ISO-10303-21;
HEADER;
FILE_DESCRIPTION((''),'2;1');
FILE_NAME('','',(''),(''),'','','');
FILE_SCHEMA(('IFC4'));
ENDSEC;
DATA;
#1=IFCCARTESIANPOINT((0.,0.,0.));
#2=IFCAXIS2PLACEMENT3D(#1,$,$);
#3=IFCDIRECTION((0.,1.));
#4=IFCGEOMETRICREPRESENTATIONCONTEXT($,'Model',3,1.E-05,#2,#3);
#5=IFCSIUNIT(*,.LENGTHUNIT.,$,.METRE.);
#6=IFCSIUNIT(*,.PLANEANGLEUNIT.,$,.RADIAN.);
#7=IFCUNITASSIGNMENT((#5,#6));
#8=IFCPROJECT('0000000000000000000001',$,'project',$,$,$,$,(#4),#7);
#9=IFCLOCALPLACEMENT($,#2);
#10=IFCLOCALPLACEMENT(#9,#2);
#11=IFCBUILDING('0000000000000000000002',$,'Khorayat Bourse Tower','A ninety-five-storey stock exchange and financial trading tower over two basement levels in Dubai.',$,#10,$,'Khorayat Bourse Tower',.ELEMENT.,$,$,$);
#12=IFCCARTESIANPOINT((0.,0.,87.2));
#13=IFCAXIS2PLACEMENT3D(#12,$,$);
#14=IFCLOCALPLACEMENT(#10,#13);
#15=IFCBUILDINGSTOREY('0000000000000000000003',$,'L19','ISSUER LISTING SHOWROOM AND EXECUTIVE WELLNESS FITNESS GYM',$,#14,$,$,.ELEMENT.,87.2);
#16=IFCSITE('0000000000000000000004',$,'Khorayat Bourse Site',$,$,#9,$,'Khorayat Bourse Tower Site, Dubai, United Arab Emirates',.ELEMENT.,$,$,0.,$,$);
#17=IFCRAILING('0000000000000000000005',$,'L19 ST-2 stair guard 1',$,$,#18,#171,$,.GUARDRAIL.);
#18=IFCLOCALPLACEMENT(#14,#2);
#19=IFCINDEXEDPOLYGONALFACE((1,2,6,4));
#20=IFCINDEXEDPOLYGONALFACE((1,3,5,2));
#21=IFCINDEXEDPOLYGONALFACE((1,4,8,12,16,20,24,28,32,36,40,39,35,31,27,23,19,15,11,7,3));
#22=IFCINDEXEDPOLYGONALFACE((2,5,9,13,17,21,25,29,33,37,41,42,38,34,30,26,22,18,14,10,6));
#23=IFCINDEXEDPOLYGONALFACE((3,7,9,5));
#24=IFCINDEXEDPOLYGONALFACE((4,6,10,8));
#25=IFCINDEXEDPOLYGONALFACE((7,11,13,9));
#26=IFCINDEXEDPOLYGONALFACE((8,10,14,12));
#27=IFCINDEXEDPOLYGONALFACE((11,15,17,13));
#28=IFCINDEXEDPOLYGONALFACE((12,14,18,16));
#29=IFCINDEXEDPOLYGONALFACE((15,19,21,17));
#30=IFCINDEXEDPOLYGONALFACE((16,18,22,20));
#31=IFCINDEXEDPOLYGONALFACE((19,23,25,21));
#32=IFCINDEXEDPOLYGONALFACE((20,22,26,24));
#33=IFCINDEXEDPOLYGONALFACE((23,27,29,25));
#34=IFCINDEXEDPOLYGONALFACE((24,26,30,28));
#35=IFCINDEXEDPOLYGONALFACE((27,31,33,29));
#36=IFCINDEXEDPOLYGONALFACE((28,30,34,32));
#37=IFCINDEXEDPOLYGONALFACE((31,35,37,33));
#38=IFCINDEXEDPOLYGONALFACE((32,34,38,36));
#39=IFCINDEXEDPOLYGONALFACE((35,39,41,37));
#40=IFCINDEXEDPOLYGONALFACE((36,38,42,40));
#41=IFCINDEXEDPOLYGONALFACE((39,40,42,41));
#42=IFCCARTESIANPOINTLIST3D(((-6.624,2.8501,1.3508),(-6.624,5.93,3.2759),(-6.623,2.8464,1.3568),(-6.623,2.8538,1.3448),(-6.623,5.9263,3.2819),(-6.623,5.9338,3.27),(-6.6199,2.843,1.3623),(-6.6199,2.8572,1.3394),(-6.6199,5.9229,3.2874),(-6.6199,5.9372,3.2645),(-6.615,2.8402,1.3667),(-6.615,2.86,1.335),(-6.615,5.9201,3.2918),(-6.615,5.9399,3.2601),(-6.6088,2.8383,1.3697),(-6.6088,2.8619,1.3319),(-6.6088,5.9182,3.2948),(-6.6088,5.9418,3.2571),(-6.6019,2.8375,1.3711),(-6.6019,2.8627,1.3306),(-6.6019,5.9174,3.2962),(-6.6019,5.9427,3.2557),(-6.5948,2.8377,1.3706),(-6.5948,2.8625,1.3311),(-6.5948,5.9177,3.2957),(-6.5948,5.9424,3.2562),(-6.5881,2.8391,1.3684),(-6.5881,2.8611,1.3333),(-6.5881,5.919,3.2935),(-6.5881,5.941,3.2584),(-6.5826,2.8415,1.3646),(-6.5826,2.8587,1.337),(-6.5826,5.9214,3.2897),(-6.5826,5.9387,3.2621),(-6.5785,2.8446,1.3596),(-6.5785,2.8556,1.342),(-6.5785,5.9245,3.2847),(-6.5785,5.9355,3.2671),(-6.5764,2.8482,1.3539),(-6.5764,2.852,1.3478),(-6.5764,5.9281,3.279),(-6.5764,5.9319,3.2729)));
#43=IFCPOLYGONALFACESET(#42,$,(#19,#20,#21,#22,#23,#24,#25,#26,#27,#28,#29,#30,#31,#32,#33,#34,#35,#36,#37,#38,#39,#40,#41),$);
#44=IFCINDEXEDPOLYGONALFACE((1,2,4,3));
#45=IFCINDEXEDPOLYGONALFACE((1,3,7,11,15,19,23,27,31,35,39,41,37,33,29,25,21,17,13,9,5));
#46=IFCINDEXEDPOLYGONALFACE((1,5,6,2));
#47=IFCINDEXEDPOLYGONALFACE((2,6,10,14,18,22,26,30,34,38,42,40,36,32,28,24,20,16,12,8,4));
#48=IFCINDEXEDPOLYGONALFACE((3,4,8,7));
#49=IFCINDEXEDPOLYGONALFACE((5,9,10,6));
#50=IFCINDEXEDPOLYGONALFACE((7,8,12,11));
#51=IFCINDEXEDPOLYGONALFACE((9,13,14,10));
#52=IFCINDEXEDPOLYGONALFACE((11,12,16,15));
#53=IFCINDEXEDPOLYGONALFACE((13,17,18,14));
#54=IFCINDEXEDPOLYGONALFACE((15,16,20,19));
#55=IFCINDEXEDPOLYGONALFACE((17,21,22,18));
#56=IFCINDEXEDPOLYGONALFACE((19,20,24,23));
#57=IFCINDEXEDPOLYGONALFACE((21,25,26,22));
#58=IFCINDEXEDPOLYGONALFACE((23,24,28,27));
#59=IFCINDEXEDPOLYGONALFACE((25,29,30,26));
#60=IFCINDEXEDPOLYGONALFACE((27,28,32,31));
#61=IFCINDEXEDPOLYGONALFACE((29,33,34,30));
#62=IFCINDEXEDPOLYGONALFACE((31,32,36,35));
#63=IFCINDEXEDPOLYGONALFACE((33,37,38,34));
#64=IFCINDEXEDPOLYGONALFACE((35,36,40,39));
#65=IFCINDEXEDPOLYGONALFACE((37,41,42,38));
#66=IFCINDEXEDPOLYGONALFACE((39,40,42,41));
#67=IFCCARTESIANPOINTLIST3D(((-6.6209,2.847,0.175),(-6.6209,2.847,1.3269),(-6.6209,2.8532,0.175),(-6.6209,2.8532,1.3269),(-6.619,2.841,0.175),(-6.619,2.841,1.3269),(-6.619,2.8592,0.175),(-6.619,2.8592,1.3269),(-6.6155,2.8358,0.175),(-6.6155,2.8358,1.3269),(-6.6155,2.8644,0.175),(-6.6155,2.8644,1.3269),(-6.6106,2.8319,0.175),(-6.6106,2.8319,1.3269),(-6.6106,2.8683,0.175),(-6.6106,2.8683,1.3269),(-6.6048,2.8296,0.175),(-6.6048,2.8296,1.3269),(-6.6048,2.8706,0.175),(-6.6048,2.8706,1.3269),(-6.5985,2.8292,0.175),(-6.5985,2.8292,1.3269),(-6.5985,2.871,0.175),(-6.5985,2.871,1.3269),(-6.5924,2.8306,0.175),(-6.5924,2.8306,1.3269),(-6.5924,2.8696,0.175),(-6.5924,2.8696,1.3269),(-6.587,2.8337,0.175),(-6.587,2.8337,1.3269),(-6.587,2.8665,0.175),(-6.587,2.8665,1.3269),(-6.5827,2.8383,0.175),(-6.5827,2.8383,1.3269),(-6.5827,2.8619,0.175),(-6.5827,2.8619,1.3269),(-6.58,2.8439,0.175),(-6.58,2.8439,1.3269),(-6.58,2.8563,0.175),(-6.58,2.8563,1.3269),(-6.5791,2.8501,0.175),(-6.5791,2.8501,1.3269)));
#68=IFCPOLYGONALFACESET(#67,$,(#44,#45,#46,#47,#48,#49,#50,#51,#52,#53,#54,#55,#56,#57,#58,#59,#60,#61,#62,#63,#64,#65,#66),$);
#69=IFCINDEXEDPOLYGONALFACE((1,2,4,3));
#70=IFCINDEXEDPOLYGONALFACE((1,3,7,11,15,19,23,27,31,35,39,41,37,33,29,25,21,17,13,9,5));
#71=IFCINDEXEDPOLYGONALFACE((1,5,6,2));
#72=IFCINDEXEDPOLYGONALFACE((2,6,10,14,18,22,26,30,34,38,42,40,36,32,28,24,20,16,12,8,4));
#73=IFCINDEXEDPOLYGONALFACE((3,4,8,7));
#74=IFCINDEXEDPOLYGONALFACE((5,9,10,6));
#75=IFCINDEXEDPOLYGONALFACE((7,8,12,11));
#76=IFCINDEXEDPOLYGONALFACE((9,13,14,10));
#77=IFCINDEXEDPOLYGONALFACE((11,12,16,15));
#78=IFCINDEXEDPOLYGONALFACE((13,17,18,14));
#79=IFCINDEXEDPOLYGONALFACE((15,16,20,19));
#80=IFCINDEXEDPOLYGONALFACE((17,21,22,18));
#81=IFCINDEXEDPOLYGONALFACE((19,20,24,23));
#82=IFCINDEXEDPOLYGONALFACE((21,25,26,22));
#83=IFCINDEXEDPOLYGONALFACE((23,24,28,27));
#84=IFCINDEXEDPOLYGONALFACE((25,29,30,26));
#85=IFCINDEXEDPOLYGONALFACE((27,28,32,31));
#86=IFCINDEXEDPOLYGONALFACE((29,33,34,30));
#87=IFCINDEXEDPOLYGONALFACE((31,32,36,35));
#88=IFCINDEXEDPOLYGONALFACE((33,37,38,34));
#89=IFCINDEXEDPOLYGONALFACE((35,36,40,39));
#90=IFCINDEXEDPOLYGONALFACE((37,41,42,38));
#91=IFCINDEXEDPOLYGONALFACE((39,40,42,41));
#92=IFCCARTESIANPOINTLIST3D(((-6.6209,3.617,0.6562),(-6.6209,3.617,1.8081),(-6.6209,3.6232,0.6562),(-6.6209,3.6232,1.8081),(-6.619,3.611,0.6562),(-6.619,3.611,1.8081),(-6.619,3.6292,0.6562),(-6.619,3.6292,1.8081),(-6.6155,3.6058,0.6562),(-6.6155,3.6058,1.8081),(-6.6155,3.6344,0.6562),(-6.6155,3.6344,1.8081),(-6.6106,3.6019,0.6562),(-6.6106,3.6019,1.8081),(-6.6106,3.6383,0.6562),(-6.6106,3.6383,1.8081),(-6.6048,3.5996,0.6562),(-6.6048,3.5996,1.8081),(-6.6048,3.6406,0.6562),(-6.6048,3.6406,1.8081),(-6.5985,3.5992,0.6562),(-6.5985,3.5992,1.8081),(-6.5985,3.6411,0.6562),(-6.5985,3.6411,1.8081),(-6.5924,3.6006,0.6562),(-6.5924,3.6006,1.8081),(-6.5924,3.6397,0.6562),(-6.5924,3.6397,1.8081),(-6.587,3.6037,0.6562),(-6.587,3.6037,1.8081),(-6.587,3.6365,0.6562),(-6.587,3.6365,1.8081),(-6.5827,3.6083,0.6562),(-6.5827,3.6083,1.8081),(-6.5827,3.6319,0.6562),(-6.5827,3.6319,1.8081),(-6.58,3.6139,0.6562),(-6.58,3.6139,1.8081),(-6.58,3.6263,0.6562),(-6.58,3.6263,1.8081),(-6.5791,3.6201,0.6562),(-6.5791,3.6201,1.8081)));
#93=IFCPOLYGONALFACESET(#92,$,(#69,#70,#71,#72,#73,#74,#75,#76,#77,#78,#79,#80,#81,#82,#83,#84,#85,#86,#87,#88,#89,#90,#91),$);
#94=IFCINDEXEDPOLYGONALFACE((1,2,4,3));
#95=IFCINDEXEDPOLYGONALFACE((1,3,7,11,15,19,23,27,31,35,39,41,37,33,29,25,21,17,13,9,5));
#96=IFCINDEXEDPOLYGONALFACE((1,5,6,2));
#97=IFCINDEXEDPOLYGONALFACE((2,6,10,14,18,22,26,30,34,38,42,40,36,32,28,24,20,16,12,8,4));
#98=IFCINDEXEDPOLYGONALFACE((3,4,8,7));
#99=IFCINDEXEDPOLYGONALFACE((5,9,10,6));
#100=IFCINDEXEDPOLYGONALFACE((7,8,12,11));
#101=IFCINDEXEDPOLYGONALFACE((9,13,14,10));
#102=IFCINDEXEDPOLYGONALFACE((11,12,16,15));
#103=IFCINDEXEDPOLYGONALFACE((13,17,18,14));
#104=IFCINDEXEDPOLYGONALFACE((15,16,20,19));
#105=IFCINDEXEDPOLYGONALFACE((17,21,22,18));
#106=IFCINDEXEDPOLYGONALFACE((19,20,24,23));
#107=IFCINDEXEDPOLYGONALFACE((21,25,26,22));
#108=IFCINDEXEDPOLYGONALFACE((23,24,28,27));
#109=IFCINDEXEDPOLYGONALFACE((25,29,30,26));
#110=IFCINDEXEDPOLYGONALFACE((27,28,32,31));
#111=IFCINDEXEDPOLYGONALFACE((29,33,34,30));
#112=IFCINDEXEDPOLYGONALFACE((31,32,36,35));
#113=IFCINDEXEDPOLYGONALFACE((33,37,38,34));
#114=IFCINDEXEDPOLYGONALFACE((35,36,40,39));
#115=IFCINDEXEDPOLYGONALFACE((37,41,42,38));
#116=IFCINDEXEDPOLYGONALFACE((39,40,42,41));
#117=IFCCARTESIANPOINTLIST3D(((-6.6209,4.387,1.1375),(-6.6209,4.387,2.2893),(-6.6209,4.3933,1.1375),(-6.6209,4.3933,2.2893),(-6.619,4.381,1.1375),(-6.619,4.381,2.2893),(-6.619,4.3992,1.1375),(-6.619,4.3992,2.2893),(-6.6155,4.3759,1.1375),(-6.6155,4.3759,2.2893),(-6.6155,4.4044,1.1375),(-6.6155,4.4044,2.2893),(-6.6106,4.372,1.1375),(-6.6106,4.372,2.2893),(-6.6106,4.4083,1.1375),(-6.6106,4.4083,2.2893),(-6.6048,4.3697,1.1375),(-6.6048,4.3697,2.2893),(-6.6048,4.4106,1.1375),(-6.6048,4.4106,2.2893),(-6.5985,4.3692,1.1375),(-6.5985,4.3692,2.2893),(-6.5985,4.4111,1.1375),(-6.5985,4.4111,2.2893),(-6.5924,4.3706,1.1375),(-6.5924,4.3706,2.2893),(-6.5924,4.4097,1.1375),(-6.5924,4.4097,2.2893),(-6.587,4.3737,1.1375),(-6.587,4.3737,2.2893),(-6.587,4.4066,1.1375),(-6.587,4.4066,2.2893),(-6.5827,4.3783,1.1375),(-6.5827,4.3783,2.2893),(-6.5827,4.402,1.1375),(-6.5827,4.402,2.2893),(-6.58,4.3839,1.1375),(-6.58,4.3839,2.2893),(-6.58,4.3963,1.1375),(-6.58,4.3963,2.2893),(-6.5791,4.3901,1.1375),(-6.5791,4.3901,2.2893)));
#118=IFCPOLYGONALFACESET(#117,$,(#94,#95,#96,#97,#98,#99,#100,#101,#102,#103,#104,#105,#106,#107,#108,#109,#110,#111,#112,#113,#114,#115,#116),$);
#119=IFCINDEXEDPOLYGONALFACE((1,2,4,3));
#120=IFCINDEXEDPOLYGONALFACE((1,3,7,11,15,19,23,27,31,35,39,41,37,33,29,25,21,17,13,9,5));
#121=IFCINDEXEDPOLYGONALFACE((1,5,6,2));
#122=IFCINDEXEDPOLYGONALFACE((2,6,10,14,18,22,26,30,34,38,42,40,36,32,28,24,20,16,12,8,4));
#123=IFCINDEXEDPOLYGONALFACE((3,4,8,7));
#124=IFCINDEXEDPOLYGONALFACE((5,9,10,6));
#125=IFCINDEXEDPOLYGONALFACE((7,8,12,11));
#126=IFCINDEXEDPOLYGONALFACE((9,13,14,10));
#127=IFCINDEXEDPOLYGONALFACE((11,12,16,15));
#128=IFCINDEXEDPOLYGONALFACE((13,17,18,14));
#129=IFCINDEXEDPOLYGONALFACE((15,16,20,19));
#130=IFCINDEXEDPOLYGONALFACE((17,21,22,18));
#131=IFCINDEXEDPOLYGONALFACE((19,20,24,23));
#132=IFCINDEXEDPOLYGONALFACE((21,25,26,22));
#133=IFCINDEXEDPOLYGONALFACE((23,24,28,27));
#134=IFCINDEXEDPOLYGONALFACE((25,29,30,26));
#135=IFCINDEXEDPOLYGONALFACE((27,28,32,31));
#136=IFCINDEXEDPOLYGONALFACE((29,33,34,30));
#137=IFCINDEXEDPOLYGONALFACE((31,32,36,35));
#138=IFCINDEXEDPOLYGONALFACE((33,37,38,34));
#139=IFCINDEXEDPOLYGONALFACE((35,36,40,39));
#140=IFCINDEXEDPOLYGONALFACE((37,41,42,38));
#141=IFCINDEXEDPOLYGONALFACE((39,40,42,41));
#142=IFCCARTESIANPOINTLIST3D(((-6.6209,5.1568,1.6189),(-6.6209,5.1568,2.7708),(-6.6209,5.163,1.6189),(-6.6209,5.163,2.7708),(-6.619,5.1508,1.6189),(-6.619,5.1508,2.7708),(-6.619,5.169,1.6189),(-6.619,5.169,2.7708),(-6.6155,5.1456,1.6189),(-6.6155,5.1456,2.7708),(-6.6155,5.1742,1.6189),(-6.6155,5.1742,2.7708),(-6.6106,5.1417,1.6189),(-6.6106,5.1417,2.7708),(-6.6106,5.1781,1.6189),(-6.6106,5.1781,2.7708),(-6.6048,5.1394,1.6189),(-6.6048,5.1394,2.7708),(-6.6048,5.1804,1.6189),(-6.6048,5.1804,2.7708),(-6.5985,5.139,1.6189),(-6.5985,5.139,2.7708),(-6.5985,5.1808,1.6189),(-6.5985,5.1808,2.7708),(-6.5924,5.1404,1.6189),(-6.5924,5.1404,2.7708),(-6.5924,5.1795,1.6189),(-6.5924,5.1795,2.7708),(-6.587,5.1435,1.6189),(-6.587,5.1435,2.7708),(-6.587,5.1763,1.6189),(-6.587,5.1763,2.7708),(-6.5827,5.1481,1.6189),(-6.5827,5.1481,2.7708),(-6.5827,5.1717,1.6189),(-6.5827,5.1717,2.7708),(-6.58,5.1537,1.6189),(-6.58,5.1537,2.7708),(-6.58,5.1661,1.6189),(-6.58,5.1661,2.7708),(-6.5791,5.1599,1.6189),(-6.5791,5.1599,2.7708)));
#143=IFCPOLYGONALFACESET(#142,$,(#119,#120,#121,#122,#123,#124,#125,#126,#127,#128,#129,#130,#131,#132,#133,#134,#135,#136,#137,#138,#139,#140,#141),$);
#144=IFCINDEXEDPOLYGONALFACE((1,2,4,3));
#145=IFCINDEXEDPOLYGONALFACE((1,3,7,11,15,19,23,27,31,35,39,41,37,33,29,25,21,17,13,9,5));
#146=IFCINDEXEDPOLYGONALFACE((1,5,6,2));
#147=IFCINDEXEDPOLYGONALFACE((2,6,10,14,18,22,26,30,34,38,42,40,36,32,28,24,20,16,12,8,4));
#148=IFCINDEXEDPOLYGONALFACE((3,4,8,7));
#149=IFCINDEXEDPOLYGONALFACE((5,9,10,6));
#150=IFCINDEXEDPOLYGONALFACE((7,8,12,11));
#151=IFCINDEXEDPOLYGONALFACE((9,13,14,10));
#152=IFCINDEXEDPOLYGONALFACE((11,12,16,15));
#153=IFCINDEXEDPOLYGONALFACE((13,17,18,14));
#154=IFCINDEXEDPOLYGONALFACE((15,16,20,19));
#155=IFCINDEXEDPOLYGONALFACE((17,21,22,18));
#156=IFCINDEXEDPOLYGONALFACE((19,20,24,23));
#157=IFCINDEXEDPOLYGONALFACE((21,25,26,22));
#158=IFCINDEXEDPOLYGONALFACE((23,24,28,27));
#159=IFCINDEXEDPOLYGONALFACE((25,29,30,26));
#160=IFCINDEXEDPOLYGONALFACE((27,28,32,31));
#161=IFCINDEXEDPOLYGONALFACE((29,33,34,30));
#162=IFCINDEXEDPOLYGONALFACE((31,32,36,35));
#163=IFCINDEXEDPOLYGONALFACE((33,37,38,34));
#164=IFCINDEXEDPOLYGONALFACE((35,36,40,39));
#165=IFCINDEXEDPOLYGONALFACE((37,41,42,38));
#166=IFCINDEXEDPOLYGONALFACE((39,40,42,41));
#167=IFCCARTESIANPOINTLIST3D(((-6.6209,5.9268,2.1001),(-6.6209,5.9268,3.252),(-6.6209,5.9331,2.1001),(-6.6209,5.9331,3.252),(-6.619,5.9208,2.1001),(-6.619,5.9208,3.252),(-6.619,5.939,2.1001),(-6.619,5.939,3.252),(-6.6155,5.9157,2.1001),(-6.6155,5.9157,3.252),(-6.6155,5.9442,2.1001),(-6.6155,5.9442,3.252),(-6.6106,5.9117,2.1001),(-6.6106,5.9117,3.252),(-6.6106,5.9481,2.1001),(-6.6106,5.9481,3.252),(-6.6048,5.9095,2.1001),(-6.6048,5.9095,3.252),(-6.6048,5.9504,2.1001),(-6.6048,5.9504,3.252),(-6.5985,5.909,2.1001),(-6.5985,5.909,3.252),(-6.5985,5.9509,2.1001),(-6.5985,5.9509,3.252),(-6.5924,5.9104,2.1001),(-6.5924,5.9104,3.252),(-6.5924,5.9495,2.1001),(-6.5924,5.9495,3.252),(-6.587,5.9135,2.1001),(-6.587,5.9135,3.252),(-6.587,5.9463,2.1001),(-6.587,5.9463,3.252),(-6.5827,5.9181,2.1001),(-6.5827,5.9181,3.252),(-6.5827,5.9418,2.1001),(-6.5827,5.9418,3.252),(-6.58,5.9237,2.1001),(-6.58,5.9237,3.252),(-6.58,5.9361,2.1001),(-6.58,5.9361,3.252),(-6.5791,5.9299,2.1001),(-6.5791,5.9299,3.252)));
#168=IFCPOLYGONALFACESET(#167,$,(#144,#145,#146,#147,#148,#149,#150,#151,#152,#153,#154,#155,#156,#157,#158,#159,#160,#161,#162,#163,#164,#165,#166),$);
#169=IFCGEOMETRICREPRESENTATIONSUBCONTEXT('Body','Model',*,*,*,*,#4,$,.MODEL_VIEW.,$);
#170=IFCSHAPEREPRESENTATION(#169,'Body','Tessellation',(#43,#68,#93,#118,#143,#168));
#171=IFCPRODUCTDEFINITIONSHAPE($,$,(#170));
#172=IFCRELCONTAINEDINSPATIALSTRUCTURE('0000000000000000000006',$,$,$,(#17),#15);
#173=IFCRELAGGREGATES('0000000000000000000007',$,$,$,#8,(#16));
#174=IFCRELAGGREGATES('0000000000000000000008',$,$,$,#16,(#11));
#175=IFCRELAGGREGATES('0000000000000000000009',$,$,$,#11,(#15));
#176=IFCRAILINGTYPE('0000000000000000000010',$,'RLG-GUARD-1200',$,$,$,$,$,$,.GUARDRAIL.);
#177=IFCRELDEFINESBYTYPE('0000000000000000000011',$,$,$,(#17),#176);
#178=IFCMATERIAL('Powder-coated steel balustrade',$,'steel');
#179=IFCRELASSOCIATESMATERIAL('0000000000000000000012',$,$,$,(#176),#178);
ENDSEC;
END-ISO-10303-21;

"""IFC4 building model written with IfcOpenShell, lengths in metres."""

from ifc_helpers import new_model, si_unit, direction, frame, origin, origin_2d, place, context, subcontext, project, spatial, circle, extrude, source, transform, mapped, material, type_object, element, save


model = new_model("IFC4")

# Units and contexts
model_context = context("Model", 3, precision=1e-05, world=origin(), true_north=direction((0.0, 1.0)))
body_context = subcontext(model_context, "Body", "Model", "MODEL_VIEW")
ifc_project = project(units=[si_unit("LENGTHUNIT", "METRE"), si_unit("PLANEANGLEUNIT", "RADIAN")], contexts=[model_context])

# Site, building, storey
site_placement = place(None, origin())
site = spatial("IfcSite", under=ifc_project, at=site_placement, Name="Khorayat Bourse Site", LongName="Khorayat Bourse Tower Site, Dubai, United Arab Emirates", CompositionType="ELEMENT", RefElevation=0.0)
building_placement = place(site_placement, origin())
building = spatial("IfcBuilding", under=site, at=building_placement, Name="Khorayat Bourse Tower", Description="A ninety-five-storey stock exchange and financial trading tower over two basement levels in Dubai.", LongName="Khorayat Bourse Tower", CompositionType="ELEMENT")
storey_placement = place(building_placement, frame((0.0, 0.0, 87.2)))
storey = spatial("IfcBuildingStorey", under=building, at=storey_placement, Name="L19", Description="ISSUER LISTING SHOWROOM AND EXECUTIVE WELLNESS FITNESS GYM", CompositionType="ELEMENT", Elevation=87.2)

# Railing
ifc_material_1 = material(Name="Powder-coated steel balustrade", Category="steel")
railing_type_1 = type_object("IfcRailingType", Name="RLG-GUARD-1200", PredefinedType="GUARDRAIL", material=ifc_material_1)
shared_shape_1 = source(origin(), body_context, "Body", "SweptSolid", [
    extrude(circle(Radius=0.0239, at=origin_2d()), frame((0.0, 0.0, 1.1758), z_axis=(0.0, 0.847979, 0.530029), x_axis=(-1.0, 0.0, 0.0)), (0.0, 0.0, 1.0), 3.6321),
    extrude(circle(Radius=0.021, at=origin_2d()), origin(), (0.0, 0.0, 1.0), 1.1519),
    extrude(circle(Radius=0.021, at=origin_2d()), frame((0.0, 0.77, 0.4812)), (0.0, 0.0, 1.0), 1.1519),
    extrude(circle(Radius=0.021, at=origin_2d()), frame((0.0, 1.54, 0.9624)), (0.0, 0.0, 1.0), 1.1519),
    extrude(circle(Radius=0.021, at=origin_2d()), frame((0.0, 2.3098, 1.4438)), (0.0, 0.0, 1.0), 1.1519),
    extrude(circle(Radius=0.021, at=origin_2d()), frame((0.0, 3.0798, 1.925)), (0.0, 0.0, 1.0), 1.1519),
])
railing_1_placement = place(storey_placement, frame((-6.6001, 2.8501, 0.175)))
element("IfcRailing", 1, at=railing_1_placement, inside=storey, type_object=railing_type_1, Name="L19 ST-2 stair guard 1", PredefinedType="GUARDRAIL", context=body_context, shape_type="MappedRepresentation", body=[
    mapped(shared_shape_1, transform((0.0, 0.0, 0.0), scale=1.0)),
])

save(model, "model.ifc")
